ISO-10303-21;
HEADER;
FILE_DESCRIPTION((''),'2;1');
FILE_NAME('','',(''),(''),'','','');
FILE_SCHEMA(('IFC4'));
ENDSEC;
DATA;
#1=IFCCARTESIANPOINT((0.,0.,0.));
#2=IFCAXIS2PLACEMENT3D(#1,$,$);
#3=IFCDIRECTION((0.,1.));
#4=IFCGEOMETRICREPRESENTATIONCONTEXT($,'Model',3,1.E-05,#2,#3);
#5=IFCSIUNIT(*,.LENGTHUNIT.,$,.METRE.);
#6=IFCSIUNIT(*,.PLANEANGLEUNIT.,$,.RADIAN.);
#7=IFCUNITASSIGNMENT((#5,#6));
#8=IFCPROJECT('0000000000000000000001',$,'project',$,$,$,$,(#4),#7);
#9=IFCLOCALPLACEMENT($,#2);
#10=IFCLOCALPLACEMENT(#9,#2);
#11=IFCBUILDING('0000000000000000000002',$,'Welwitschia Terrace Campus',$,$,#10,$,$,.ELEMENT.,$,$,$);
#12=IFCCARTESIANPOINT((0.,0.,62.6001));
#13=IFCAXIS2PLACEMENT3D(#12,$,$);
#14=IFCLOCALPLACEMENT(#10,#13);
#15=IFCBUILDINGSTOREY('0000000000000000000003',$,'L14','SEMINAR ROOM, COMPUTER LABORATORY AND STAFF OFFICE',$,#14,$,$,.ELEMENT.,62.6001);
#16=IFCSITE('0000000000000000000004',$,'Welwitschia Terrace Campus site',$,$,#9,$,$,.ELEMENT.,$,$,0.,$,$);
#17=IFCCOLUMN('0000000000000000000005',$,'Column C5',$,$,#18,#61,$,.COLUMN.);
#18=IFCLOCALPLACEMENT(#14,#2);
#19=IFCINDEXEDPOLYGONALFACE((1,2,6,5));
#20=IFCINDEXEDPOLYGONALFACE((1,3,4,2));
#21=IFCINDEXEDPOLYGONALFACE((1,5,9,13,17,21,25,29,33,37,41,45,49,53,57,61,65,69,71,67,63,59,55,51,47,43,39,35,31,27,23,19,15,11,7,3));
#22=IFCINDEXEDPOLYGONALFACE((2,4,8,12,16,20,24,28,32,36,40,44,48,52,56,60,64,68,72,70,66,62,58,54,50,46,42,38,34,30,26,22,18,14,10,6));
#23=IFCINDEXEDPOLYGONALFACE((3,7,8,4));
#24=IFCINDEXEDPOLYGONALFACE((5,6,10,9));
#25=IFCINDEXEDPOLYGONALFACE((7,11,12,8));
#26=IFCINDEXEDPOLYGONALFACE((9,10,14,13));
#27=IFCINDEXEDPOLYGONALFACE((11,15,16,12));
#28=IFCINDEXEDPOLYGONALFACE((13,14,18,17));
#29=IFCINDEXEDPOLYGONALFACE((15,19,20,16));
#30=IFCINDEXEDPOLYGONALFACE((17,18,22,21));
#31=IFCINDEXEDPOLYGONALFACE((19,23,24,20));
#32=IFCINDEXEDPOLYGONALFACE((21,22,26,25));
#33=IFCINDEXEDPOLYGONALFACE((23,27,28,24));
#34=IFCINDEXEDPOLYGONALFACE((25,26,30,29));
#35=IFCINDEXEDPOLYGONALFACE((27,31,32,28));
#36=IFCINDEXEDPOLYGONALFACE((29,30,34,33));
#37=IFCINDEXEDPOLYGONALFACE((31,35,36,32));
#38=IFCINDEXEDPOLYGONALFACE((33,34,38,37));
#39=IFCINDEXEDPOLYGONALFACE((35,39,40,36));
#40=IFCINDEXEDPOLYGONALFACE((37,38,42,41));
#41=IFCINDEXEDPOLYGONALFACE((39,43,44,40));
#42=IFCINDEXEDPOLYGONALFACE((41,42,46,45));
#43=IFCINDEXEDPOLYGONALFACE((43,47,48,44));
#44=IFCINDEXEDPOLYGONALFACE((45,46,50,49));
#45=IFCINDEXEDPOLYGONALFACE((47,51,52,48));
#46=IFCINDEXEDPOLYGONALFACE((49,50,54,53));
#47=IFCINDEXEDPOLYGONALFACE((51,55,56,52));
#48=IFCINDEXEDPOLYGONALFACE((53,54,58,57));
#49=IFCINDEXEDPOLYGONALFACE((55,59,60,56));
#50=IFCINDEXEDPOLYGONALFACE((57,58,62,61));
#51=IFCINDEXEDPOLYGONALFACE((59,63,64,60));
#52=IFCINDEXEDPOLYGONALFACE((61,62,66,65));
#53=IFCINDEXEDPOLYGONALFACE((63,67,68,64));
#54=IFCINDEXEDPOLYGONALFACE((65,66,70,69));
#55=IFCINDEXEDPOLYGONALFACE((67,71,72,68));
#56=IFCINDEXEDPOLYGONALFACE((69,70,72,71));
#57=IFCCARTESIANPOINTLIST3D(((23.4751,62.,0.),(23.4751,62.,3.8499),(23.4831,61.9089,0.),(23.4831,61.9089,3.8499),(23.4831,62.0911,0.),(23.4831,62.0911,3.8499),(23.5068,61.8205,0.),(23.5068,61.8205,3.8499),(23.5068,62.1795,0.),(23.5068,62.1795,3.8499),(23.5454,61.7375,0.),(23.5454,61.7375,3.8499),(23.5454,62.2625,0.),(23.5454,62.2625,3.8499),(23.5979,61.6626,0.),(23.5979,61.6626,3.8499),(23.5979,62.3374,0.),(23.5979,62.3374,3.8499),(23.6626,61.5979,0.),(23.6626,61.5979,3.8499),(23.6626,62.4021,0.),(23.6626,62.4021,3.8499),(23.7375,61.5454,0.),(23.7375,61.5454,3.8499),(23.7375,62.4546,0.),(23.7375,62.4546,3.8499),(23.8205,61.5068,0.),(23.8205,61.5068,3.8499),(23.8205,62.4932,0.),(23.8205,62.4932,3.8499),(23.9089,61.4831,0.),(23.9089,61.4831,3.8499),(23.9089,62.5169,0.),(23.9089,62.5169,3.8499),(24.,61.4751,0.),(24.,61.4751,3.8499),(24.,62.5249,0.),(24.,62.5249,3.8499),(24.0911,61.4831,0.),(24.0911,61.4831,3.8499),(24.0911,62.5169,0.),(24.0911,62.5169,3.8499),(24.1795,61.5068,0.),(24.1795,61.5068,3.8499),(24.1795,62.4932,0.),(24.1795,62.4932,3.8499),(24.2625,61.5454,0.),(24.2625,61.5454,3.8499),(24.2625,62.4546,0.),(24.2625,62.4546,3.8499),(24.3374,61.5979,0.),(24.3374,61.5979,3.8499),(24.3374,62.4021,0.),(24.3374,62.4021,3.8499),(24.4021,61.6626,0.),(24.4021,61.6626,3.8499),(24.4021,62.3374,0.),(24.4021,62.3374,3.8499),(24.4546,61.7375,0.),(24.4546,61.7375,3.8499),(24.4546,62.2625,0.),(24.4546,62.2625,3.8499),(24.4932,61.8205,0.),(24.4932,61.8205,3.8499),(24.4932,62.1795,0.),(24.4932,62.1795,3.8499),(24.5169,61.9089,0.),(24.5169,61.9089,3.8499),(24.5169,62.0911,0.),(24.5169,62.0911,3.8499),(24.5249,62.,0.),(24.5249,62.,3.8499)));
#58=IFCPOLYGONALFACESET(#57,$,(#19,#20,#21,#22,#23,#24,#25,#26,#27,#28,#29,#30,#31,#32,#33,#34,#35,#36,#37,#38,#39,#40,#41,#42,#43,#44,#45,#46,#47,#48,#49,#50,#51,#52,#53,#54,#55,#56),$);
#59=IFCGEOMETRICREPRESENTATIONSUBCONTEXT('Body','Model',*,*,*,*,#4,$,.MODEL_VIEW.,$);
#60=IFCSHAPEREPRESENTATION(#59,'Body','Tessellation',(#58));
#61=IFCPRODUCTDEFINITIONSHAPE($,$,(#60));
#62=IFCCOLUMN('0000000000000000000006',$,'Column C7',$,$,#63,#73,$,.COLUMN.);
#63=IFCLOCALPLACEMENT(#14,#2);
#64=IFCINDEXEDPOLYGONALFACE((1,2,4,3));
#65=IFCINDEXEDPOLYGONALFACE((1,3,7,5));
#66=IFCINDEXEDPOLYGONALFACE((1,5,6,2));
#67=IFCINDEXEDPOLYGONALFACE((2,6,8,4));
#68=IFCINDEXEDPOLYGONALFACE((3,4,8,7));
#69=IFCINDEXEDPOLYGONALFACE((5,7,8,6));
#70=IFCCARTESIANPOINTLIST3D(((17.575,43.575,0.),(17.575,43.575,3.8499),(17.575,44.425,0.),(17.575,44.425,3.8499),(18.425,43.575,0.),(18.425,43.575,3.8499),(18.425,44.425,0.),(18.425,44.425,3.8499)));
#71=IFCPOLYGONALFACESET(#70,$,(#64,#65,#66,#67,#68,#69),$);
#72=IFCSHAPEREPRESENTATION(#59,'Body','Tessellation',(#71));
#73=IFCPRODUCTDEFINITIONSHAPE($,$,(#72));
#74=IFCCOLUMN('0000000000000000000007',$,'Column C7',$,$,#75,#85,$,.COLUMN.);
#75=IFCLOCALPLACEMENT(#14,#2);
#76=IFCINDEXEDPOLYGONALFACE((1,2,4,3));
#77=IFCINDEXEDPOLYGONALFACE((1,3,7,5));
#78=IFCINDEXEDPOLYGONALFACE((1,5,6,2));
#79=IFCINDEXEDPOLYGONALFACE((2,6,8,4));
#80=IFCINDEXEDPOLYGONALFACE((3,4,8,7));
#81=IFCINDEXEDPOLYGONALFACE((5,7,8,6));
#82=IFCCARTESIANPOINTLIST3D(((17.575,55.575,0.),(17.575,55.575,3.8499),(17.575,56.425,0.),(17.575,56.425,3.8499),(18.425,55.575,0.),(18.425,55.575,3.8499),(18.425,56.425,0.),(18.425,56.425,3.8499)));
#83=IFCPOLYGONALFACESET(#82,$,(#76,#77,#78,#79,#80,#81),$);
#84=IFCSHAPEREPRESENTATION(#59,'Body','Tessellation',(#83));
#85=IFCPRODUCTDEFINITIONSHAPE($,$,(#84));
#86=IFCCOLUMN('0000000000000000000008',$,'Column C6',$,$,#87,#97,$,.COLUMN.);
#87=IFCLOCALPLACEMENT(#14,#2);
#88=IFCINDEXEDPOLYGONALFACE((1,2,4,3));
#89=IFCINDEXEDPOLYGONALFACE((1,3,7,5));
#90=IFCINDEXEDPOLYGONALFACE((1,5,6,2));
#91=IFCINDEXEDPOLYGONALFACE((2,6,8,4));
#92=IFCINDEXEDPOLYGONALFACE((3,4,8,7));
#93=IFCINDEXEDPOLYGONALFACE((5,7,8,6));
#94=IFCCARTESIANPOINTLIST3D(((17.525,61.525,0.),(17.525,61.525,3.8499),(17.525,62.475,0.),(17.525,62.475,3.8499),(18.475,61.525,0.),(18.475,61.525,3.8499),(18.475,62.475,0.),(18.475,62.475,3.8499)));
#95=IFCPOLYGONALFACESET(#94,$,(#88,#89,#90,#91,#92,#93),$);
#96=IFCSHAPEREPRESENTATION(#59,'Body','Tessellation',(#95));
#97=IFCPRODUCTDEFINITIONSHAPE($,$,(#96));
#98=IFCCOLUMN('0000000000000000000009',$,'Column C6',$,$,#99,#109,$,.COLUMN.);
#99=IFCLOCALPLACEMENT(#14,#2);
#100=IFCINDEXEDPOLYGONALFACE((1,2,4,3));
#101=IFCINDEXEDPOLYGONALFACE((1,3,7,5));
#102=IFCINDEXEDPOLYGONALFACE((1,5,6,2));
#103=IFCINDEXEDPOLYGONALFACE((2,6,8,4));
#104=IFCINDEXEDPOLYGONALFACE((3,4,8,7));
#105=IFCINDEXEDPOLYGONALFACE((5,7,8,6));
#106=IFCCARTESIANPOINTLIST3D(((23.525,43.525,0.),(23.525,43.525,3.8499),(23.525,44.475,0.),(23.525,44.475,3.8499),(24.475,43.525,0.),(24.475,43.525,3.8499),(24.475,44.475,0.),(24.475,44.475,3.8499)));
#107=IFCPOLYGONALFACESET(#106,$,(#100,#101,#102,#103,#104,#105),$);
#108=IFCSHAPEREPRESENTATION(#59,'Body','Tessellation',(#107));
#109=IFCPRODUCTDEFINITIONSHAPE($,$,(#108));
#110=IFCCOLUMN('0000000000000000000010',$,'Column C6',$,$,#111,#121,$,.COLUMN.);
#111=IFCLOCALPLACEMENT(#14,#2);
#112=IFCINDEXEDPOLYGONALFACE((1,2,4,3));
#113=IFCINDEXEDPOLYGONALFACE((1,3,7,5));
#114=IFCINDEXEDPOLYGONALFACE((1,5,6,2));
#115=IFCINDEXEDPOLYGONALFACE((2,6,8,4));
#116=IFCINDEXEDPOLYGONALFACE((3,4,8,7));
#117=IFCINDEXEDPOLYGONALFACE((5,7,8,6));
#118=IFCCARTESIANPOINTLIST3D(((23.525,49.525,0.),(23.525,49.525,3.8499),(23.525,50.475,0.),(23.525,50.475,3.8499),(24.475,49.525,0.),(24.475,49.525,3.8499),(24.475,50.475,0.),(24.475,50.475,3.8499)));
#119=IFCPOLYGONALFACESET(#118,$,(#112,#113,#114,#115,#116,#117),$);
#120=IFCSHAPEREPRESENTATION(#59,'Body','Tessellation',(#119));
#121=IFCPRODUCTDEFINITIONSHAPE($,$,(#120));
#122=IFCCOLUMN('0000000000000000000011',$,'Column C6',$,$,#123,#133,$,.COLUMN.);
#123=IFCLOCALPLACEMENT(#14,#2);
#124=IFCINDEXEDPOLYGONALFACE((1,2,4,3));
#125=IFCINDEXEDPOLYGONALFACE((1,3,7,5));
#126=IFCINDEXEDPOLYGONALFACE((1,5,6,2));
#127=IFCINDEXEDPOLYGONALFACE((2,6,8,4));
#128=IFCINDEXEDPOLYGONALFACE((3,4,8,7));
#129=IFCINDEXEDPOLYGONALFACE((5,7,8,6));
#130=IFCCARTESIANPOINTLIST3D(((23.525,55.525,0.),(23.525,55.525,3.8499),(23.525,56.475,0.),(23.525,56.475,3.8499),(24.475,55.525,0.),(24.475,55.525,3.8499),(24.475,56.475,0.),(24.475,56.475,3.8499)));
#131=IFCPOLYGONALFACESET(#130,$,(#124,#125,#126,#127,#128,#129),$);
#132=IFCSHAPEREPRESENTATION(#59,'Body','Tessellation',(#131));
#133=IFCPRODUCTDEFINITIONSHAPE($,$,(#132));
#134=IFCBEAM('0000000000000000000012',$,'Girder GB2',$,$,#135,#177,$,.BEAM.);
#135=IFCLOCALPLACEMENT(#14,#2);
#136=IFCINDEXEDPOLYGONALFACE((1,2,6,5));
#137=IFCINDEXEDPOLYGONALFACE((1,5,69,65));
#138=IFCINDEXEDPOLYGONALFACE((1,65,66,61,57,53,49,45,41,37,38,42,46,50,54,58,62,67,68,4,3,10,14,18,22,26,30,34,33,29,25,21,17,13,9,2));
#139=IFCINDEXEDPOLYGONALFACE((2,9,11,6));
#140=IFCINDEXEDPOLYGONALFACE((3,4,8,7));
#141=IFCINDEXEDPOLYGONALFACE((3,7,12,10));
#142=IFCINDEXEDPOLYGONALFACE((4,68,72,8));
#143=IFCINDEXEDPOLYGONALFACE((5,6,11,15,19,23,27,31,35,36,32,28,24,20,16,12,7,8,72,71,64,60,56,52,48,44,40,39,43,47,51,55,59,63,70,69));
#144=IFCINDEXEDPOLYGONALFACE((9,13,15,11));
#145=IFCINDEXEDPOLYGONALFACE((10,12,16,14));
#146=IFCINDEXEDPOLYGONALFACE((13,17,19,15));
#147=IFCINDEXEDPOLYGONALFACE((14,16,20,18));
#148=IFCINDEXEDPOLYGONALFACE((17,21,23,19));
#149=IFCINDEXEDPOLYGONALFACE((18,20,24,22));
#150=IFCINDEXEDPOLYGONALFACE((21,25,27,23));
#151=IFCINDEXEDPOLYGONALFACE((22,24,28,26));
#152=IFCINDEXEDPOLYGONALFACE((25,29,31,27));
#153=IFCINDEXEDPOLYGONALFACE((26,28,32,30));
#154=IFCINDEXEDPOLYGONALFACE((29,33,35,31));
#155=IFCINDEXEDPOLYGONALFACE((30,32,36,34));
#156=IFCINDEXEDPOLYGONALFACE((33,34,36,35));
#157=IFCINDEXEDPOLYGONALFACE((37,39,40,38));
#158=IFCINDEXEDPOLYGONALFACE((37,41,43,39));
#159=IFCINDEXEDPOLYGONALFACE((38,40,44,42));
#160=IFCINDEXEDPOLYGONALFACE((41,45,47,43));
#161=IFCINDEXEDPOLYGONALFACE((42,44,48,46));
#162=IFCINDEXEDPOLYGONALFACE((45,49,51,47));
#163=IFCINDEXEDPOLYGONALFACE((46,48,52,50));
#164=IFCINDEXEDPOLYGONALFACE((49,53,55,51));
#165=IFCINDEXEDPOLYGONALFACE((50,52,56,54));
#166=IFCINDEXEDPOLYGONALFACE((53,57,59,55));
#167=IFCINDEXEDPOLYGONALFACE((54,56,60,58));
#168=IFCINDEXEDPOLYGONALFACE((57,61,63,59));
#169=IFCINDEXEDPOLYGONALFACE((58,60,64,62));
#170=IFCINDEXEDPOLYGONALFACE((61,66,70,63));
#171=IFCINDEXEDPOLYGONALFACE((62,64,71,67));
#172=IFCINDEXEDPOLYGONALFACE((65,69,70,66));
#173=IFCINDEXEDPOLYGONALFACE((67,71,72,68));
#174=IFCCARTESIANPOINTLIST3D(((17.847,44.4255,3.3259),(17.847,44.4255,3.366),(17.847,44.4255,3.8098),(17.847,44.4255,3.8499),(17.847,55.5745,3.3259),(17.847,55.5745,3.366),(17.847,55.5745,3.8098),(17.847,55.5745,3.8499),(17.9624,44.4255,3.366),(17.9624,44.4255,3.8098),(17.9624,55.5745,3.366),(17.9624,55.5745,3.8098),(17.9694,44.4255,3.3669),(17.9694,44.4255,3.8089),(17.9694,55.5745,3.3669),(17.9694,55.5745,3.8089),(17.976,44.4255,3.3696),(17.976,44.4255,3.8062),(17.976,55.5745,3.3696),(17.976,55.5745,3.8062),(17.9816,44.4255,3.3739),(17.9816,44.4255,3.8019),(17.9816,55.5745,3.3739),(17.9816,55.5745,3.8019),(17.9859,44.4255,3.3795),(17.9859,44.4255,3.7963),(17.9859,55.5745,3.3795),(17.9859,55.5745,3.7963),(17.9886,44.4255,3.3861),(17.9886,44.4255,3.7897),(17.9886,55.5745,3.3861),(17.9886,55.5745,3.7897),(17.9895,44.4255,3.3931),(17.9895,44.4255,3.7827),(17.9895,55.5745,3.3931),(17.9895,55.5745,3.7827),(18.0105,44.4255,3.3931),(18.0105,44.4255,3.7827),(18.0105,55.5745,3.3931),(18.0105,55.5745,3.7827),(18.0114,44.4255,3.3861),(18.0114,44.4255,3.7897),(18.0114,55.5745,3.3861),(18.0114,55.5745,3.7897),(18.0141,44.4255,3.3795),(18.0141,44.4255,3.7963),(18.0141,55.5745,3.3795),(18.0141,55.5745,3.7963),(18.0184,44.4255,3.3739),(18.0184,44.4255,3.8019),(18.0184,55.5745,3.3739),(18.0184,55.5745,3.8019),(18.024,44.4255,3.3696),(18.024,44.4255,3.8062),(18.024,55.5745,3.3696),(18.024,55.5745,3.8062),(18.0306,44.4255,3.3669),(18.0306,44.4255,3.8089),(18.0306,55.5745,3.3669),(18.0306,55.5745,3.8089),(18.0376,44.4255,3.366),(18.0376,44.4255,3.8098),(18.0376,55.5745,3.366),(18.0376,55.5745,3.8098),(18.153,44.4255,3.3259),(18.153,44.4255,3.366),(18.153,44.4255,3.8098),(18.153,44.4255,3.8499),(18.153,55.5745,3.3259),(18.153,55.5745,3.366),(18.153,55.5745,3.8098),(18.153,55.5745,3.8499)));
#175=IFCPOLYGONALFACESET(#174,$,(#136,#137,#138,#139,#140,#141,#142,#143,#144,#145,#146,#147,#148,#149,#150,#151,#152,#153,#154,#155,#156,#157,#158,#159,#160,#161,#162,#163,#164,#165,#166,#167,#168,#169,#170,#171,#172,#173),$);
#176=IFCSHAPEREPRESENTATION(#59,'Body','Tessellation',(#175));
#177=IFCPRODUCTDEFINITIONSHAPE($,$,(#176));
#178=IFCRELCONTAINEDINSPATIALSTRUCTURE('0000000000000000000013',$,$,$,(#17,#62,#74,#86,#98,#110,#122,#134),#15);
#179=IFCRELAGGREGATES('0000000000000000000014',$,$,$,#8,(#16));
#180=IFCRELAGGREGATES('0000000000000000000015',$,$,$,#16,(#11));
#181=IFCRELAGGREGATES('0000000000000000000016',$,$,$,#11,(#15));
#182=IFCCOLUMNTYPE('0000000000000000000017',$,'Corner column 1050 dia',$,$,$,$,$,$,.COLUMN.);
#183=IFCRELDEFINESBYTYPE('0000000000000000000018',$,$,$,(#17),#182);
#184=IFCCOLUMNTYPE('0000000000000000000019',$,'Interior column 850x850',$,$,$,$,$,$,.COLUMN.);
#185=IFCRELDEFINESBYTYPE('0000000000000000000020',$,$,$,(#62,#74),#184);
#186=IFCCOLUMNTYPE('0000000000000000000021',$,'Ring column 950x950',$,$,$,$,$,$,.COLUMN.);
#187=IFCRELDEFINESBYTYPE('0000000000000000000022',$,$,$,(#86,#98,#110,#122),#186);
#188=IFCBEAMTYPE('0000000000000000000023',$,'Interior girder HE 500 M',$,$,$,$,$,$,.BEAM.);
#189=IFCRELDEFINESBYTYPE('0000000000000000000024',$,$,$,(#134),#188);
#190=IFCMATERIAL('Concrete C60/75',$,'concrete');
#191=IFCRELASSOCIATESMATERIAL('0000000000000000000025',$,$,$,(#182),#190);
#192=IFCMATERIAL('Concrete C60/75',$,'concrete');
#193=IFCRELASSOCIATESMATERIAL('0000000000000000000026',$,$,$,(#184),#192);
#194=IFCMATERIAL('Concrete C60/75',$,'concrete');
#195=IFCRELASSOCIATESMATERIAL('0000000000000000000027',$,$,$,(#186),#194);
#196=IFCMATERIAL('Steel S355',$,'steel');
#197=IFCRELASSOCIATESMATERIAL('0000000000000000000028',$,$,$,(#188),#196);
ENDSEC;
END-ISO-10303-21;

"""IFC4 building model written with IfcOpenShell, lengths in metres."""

from ifc_helpers import new_model, si_unit, direction, frame, origin, origin_2d, place, context, subcontext, project, spatial, rectangle, circle, i_section, extrude, material, material_profile, profile_set, type_object, element, save


model = new_model("IFC4")

# Units and contexts
model_context = context("Model", 3, precision=1e-05, world=origin(), true_north=direction((0.0, 1.0)))
body_context = subcontext(model_context, "Body", "Model", "MODEL_VIEW")
ifc_project = project(units=[si_unit("LENGTHUNIT", "METRE"), si_unit("PLANEANGLEUNIT", "RADIAN")], contexts=[model_context])

# Site, building, storey
site_placement = place(None, origin())
site = spatial("IfcSite", under=ifc_project, at=site_placement, Name="Welwitschia Terrace Campus site", CompositionType="ELEMENT", RefElevation=0.0)
building_placement = place(site_placement, origin())
building = spatial("IfcBuilding", under=site, at=building_placement, Name="Welwitschia Terrace Campus", CompositionType="ELEMENT")
storey_placement = place(building_placement, frame((0.0, 0.0, 62.6001)))
storey = spatial("IfcBuildingStorey", under=building, at=storey_placement, Name="L14", Description="SEMINAR ROOM, COMPUTER LABORATORY AND STAFF OFFICE", CompositionType="ELEMENT", Elevation=62.6001)

# Columns
ifc_material_1 = material(Name="Concrete C60/75", Category="concrete")
ifc_material_profile_1 = material_profile(ifc_material_1, circle(Radius=0.5249, at=origin_2d()))
ifc_profile_set_1 = profile_set([ifc_material_profile_1], Name="Concrete C60/75")
column_type_1 = type_object("IfcColumnType", Name="Corner column 1050 dia", PredefinedType="COLUMN", material=ifc_profile_set_1)
column_placement = place(storey_placement, frame((24.0, 62.0, 0.0), z_axis=(0.0, 0.0, 1.0), x_axis=(1.0, 0.0, 0.0)))
element("IfcColumn", 1, at=column_placement, inside=storey, type_object=column_type_1, Name="Column C5", PredefinedType="COLUMN", context=body_context, shape_type="SweptSolid", body=[
    extrude(circle(Radius=0.5249, at=origin_2d()), origin(), (0.0, 0.0, 1.0), 3.8499),
])
ifc_material_2 = material(Name="Concrete C60/75", Category="concrete")
ifc_material_profile_2 = material_profile(ifc_material_2, rectangle(XDim=0.8501, YDim=0.8501, at=origin_2d()))
ifc_profile_set_2 = profile_set([ifc_material_profile_2], Name="Concrete C60/75")
column_type_2 = type_object("IfcColumnType", Name="Interior column 850x850", PredefinedType="COLUMN", material=ifc_profile_set_2)
for number, where, z_axis, x_axis, name in (
    (2, (18.0, 44.0, 0.0), (0.0, 0.0, 1.0), (1.0, 0.0, 0.0), "Column C7"),
    (3, (18.0, 56.0, 0.0), (0.0, 0.0, 1.0), (1.0, 0.0, 0.0), "Column C7"),
):
    element("IfcColumn", number, at=place(storey_placement, frame(where, z_axis=z_axis, x_axis=x_axis)), inside=storey, type_object=column_type_2, Name=name, PredefinedType="COLUMN", context=body_context, shape_type="SweptSolid", body=[
        extrude(rectangle(XDim=0.8501, YDim=0.8501, at=origin_2d()), origin(), (0.0, 0.0, 1.0), 3.8499),
    ])
ifc_material_3 = material(Name="Concrete C60/75", Category="concrete")
ifc_material_profile_3 = material_profile(ifc_material_3, rectangle(XDim=0.95, YDim=0.95, at=origin_2d()))
ifc_profile_set_3 = profile_set([ifc_material_profile_3], Name="Concrete C60/75")
column_type_3 = type_object("IfcColumnType", Name="Ring column 950x950", PredefinedType="COLUMN", material=ifc_profile_set_3)
for number, where, z_axis, x_axis, name in (
    (4, (18.0, 62.0, 0.0), (0.0, 0.0, 1.0), (1.0, 0.0, 0.0), "Column C6"),
    (5, (24.0, 44.0, 0.0), (0.0, 0.0, 1.0), (1.0, 0.0, 0.0), "Column C6"),
    (6, (24.0, 50.0, 0.0), (0.0, 0.0, 1.0), (1.0, 0.0, 0.0), "Column C6"),
    (7, (24.0, 56.0, 0.0), (0.0, 0.0, 1.0), (1.0, 0.0, 0.0), "Column C6"),
):
    element("IfcColumn", number, at=place(storey_placement, frame(where, z_axis=z_axis, x_axis=x_axis)), inside=storey, type_object=column_type_3, Name=name, PredefinedType="COLUMN", context=body_context, shape_type="SweptSolid", body=[
        extrude(rectangle(XDim=0.95, YDim=0.95, at=origin_2d()), origin(), (0.0, 0.0, 1.0), 3.8499),
    ])

# Beam
ifc_material_4 = material(Name="Steel S355", Category="steel")
ifc_material_profile_4 = material_profile(ifc_material_4, i_section(OverallWidth=0.3059, OverallDepth=0.5239, WebThickness=0.021, FlangeThickness=0.04, FilletRadius=0.0271, at=origin_2d()))
ifc_profile_set_4 = profile_set([ifc_material_profile_4], Name="Steel S355")
beam_type_1 = type_object("IfcBeamType", Name="Interior girder HE 500 M", PredefinedType="BEAM", material=ifc_profile_set_4)
beam_1_placement = place(storey_placement, frame((18.0, 44.4255, 3.5879), z_axis=(0.0, 1.0, 0.0), x_axis=(-1.0, 0.0, 0.0)))
element("IfcBeam", 8, at=beam_1_placement, inside=storey, type_object=beam_type_1, Name="Girder GB2", PredefinedType="BEAM", context=body_context, shape_type="SweptSolid", body=[
    extrude(i_section(OverallWidth=0.3059, OverallDepth=0.5239, WebThickness=0.021, FlangeThickness=0.04, FilletRadius=0.0271, at=origin_2d()), origin(), (0.0, 0.0, 1.0), 11.1489),
])

save(model, "model.ifc")
